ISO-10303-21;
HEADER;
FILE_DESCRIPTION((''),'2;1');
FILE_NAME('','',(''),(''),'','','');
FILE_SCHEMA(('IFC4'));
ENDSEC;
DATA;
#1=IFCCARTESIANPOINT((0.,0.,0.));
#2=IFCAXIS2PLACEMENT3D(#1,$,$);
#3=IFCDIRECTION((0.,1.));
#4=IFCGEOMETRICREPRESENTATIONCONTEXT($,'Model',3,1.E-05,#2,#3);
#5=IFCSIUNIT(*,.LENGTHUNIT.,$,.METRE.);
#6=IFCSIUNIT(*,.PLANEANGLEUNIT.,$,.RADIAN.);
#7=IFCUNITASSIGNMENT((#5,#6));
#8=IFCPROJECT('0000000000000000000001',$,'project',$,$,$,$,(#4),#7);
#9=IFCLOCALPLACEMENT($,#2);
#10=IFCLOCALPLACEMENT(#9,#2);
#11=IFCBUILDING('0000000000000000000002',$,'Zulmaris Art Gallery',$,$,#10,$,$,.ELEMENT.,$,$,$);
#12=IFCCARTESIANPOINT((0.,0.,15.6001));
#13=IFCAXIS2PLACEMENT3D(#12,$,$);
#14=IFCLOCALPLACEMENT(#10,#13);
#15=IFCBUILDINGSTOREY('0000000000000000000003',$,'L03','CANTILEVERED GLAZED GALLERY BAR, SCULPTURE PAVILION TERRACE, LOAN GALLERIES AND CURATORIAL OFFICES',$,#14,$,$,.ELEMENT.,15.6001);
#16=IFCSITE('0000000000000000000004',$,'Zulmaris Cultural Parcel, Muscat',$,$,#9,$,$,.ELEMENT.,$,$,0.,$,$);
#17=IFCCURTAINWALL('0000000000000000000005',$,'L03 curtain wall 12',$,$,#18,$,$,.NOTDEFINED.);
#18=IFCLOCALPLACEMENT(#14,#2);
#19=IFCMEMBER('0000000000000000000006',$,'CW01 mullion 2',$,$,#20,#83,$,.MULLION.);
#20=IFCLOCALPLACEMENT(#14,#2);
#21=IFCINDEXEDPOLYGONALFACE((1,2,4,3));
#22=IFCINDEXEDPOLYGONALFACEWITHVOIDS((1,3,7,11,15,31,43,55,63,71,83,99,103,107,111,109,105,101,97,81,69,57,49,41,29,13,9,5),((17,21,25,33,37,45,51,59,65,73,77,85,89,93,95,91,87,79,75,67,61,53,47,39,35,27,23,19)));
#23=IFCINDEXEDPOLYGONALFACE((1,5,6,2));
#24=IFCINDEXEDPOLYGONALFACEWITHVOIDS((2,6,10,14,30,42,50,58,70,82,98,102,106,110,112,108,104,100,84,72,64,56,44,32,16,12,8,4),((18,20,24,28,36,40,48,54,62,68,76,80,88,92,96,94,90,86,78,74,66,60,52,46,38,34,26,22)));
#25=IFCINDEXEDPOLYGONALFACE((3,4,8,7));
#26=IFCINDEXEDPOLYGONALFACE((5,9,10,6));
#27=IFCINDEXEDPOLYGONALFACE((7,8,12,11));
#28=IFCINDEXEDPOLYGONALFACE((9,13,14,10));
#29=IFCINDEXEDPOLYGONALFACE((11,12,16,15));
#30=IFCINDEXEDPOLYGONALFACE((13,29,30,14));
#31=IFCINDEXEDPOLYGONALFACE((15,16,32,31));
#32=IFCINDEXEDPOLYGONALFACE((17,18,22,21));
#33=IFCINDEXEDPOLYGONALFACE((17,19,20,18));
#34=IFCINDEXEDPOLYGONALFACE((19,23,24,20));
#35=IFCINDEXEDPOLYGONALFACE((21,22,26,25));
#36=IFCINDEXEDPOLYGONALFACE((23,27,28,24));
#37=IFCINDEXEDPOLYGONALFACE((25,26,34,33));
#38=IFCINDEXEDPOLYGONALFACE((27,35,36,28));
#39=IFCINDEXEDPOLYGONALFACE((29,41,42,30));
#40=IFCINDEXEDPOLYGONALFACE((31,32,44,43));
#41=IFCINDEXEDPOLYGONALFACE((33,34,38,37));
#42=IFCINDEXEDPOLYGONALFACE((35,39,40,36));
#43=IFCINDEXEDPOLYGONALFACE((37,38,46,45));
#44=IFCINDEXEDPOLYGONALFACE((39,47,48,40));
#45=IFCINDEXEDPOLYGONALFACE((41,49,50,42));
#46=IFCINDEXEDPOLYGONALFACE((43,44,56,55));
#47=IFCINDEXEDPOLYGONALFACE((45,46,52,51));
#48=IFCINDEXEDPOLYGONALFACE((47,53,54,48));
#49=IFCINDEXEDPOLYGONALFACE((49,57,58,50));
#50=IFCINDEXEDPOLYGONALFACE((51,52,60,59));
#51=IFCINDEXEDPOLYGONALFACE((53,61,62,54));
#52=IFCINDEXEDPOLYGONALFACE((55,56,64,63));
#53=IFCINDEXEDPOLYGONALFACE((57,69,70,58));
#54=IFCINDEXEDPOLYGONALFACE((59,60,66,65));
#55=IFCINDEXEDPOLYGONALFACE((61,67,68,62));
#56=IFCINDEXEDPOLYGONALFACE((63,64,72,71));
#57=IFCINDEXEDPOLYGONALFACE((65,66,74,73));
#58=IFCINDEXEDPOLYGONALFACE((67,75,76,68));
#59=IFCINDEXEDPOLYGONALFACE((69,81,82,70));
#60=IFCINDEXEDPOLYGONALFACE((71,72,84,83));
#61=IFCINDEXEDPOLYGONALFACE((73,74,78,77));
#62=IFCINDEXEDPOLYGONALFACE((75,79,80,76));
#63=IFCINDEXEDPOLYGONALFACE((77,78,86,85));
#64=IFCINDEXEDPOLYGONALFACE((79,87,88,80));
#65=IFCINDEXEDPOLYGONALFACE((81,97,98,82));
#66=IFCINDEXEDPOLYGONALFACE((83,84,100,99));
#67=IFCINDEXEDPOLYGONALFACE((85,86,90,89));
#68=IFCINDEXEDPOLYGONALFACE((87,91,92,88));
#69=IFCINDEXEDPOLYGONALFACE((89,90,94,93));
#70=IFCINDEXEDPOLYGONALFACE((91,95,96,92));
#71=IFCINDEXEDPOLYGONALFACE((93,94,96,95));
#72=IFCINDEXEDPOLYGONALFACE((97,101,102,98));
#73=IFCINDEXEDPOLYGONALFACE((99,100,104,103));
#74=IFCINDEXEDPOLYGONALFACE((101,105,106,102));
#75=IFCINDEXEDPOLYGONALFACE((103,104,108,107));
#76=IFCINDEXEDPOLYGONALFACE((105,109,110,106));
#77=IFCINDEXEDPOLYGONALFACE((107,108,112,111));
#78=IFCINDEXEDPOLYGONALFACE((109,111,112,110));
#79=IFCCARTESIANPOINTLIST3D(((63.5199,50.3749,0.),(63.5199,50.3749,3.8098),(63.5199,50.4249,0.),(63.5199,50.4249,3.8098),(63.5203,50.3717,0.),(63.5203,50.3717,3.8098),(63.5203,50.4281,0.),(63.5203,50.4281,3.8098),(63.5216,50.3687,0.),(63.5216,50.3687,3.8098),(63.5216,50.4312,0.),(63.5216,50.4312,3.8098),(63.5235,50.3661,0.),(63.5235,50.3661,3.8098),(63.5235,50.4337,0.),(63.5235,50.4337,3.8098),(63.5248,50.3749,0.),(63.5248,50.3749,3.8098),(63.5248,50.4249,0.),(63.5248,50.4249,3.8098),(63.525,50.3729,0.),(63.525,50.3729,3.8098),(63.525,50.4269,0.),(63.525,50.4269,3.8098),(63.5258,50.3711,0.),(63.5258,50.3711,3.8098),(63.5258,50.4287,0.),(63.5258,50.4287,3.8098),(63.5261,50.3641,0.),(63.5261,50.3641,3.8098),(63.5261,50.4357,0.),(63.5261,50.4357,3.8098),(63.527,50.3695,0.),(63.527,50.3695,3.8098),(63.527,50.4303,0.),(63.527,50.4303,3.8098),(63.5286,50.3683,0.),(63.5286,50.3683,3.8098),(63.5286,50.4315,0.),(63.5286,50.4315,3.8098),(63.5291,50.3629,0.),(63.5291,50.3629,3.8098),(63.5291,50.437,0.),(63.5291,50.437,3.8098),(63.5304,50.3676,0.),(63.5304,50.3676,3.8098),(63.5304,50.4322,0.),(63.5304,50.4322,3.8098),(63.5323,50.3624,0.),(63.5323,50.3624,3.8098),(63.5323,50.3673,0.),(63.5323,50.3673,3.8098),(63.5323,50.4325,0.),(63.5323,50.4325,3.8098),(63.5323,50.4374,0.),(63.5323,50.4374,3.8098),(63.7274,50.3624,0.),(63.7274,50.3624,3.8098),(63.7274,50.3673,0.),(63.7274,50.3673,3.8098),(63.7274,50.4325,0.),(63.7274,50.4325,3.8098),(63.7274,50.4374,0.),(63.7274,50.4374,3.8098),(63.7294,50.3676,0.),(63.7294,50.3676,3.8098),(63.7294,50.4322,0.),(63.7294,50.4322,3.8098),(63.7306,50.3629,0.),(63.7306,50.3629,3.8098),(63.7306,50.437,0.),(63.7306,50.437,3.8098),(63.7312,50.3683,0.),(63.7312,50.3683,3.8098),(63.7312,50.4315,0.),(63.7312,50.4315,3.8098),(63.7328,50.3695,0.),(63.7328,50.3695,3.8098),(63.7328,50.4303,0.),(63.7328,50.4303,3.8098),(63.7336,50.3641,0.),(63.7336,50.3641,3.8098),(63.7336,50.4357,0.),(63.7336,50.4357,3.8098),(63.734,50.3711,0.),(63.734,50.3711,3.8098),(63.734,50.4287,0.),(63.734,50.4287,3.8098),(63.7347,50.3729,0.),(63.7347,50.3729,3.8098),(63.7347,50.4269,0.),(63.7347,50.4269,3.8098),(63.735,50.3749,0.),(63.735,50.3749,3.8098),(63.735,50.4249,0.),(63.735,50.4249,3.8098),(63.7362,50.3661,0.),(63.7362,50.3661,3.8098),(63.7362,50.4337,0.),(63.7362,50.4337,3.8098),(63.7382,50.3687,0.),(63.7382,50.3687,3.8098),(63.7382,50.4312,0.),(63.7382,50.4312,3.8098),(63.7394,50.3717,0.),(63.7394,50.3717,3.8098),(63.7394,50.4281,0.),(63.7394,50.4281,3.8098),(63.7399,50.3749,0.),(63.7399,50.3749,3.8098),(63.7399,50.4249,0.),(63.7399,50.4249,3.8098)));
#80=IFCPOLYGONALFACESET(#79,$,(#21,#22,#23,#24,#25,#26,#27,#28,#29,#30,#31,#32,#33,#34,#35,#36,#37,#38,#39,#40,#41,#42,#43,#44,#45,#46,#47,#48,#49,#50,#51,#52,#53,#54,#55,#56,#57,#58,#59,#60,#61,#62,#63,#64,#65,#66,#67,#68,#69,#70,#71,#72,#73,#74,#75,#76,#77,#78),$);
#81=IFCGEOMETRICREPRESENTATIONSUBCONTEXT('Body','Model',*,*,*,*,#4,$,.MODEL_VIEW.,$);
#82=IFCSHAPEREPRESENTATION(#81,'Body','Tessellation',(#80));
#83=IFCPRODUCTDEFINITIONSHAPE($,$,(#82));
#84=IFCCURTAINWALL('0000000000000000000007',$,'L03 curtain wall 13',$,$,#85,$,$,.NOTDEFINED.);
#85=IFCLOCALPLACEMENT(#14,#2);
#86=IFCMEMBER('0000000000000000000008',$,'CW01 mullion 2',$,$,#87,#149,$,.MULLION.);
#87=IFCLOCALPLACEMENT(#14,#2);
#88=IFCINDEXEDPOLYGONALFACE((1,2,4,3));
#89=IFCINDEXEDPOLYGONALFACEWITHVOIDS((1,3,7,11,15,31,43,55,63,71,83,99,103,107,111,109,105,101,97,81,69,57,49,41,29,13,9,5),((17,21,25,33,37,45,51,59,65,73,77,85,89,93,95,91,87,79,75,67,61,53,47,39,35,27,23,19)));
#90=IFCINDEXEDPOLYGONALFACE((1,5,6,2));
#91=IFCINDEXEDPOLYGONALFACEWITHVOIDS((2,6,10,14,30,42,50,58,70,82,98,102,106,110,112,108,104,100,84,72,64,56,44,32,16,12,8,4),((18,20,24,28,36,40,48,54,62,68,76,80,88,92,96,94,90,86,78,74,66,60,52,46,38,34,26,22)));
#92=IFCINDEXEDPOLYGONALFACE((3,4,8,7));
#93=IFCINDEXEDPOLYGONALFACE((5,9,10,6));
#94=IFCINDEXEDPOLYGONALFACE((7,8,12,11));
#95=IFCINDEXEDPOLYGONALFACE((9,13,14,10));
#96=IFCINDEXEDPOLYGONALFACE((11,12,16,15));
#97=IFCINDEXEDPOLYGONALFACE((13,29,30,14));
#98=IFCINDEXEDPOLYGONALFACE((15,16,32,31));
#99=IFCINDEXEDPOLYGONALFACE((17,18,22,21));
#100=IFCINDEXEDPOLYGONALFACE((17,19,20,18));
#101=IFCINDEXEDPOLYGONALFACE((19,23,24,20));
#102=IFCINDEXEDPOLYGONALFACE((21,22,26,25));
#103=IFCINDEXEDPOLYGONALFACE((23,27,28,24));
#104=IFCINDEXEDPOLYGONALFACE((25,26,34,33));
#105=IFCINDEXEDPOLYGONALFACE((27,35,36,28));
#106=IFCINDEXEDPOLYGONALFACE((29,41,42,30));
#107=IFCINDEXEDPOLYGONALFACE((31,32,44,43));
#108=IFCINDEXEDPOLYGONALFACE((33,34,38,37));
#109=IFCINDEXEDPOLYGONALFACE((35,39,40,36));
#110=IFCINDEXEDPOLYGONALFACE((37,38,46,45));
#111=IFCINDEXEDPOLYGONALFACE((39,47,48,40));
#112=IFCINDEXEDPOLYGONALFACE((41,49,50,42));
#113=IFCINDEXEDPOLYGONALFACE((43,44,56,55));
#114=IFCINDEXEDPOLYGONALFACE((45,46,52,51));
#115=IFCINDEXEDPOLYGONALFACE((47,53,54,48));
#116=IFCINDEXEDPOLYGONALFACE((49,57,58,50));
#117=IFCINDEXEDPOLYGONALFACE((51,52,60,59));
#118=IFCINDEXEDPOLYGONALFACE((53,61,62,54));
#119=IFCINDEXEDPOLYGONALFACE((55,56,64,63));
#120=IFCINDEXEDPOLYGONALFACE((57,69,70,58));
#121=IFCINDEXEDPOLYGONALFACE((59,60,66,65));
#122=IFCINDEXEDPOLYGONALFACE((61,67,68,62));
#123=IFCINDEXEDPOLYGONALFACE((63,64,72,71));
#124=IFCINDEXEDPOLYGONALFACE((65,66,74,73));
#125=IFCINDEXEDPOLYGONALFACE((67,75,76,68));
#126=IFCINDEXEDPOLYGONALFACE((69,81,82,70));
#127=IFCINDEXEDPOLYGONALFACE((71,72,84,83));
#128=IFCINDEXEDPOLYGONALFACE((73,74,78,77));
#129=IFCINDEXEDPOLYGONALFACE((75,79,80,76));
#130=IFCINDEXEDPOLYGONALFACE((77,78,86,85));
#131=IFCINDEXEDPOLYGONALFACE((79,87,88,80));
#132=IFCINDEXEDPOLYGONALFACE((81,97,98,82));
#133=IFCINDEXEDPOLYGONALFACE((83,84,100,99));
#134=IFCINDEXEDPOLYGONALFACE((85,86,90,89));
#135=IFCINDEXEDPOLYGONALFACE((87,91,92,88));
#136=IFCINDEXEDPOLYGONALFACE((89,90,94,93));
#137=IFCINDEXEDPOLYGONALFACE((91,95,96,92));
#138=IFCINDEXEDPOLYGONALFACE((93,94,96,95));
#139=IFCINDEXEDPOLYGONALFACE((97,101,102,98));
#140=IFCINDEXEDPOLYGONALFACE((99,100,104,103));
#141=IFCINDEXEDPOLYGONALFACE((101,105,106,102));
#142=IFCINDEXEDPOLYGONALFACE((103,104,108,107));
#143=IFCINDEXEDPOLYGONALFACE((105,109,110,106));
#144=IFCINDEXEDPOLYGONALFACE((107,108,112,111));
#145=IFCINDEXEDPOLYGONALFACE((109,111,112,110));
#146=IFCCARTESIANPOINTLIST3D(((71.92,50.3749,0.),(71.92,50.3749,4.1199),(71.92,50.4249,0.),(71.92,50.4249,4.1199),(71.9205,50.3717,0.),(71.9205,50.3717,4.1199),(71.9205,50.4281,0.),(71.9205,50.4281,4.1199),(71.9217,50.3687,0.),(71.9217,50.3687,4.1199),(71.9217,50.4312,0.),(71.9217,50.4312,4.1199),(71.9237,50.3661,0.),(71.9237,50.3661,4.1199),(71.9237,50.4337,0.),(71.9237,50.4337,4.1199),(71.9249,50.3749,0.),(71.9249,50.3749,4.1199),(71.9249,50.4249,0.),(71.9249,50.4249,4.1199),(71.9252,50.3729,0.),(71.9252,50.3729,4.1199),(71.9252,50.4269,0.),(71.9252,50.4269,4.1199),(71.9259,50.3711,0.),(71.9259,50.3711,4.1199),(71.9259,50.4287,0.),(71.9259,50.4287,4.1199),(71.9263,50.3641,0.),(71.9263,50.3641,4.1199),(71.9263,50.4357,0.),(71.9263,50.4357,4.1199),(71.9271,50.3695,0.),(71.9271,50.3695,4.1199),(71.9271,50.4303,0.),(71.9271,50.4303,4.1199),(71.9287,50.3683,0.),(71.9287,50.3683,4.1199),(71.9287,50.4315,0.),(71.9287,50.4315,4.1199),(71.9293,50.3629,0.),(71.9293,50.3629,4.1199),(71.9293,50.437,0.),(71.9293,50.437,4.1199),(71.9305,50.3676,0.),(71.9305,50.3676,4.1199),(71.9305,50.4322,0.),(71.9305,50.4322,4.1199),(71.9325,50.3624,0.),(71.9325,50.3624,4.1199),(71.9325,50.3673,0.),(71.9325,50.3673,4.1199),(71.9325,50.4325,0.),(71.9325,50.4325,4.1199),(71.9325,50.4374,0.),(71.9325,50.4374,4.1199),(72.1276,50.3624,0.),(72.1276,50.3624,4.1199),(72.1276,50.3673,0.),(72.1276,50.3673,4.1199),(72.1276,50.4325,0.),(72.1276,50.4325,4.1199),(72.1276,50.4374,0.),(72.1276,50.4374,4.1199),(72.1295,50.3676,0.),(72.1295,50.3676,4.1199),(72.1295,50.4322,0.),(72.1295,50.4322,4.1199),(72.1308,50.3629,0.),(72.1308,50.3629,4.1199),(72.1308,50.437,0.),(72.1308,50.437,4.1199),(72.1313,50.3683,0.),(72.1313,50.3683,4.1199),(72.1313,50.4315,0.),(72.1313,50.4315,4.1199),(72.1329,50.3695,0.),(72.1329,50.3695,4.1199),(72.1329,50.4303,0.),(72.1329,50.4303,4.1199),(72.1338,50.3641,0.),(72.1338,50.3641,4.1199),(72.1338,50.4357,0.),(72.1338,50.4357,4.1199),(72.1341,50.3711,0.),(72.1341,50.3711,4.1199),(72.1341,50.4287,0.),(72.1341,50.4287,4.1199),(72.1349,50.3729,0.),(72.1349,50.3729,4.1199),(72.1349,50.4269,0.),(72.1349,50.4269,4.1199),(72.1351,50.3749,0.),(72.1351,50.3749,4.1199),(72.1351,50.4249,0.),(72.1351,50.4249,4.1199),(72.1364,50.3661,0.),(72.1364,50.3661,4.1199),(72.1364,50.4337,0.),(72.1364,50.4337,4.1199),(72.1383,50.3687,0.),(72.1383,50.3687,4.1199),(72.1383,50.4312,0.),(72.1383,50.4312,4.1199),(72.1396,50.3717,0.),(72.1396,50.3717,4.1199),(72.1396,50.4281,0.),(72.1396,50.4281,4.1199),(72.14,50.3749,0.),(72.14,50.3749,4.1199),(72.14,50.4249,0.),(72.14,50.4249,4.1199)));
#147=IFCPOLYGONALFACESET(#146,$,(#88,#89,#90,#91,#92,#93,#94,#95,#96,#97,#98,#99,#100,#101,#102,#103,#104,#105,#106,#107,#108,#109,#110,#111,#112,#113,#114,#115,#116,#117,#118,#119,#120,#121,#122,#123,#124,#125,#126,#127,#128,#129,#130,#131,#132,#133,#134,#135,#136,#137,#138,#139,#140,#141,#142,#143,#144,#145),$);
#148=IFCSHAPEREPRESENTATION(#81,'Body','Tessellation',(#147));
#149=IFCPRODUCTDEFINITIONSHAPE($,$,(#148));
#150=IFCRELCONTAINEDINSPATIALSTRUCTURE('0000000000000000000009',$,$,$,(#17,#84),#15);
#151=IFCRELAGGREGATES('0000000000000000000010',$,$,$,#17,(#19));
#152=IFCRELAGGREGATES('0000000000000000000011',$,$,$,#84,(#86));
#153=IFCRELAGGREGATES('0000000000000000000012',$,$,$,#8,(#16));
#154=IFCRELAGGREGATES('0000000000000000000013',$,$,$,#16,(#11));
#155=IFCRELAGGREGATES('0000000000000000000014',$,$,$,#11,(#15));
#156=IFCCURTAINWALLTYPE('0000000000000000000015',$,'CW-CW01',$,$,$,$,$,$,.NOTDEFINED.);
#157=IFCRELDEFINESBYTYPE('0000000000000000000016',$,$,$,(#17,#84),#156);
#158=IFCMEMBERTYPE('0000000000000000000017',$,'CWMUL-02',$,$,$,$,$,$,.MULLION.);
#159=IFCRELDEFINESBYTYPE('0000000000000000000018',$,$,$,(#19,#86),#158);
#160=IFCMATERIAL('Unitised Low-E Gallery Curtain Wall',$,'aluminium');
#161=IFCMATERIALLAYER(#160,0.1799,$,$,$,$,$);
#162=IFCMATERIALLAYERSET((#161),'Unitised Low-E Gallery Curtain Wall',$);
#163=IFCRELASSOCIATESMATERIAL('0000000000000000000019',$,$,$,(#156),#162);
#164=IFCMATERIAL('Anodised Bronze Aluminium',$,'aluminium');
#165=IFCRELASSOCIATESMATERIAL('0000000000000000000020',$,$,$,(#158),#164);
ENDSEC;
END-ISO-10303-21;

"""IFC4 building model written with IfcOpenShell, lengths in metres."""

from ifc_helpers import new_model, si_unit, direction, frame, origin, origin_2d, place, context, subcontext, project, spatial, hollow_rectangle, extrude, material, layer, layer_set, material_profile, profile_set, type_object, element, aggregate, save


model = new_model("IFC4")

# Units and contexts
model_context = context("Model", 3, precision=1e-05, world=origin(), true_north=direction((0.0, 1.0)))
body_context = subcontext(model_context, "Body", "Model", "MODEL_VIEW")
ifc_project = project(units=[si_unit("LENGTHUNIT", "METRE"), si_unit("PLANEANGLEUNIT", "RADIAN")], contexts=[model_context])

# Site, building, storey
site_placement = place(None, origin())
site = spatial("IfcSite", under=ifc_project, at=site_placement, Name="Zulmaris Cultural Parcel, Muscat", CompositionType="ELEMENT", RefElevation=0.0)
building_placement = place(site_placement, origin())
building = spatial("IfcBuilding", under=site, at=building_placement, Name="Zulmaris Art Gallery", CompositionType="ELEMENT")
storey_placement = place(building_placement, frame((0.0, 0.0, 15.6001)))
storey = spatial("IfcBuildingStorey", under=building, at=storey_placement, Name="L03", Description="CANTILEVERED GLAZED GALLERY BAR, SCULPTURE PAVILION TERRACE, LOAN GALLERIES AND CURATORIAL OFFICES", CompositionType="ELEMENT", Elevation=15.6001)

# Curtain walls, members
ifc_material_1 = material(Name="Unitised Low-E Gallery Curtain Wall", Category="aluminium")
ifc_layer_1 = layer(ifc_material_1, 0.1799)
ifc_layer_set_1 = layer_set([ifc_layer_1], Name="Unitised Low-E Gallery Curtain Wall")
curtain_wall_type = type_object("IfcCurtainWallType", Name="CW-CW01", PredefinedType="NOTDEFINED", material=ifc_layer_set_1)
curtain_wall_1_placement = place(storey_placement, origin())
curtain_wall_1 = element("IfcCurtainWall", 1, at=curtain_wall_1_placement, inside=storey, type_object=curtain_wall_type, Name="L03 curtain wall 12", PredefinedType="NOTDEFINED")
ifc_material_2 = material(Name="Anodised Bronze Aluminium", Category="aluminium")
ifc_material_profile_1 = material_profile(ifc_material_2, hollow_rectangle(XDim=0.075, YDim=0.22, WallThickness=0.0049, InnerFilletRadius=0.0076, OuterFilletRadius=0.0125, at=origin_2d()), Name="ALU 75x220x5")
ifc_profile_set_1 = profile_set([ifc_material_profile_1], Name="Anodised Bronze Aluminium")
member_type_1 = type_object("IfcMemberType", Name="CWMUL-02", PredefinedType="MULLION", material=ifc_profile_set_1)
member_1_placement = place(storey_placement, frame((63.6299, 50.3999, 0.0), z_axis=(0.0, 0.0, 1.0), x_axis=(0.0, -1.0, 0.0)))
member_1 = element("IfcMember", 2, at=member_1_placement, type_object=member_type_1, Name="CW01 mullion 2", PredefinedType="MULLION", context=body_context, shape_type="SweptSolid", body=[
    extrude(hollow_rectangle(XDim=0.075, YDim=0.22, WallThickness=0.0049, InnerFilletRadius=0.0076, OuterFilletRadius=0.0125, at=origin_2d()), origin(), (0.0, 0.0, 1.0), 3.8098),
])
curtain_wall_2_placement = place(storey_placement, origin())
curtain_wall_2 = element("IfcCurtainWall", 3, at=curtain_wall_2_placement, inside=storey, type_object=curtain_wall_type, Name="L03 curtain wall 13", PredefinedType="NOTDEFINED")
member_2_placement = place(storey_placement, frame((72.03, 50.3999, 0.0), z_axis=(0.0, 0.0, 1.0), x_axis=(0.0, -1.0, 0.0)))
member_2 = element("IfcMember", 4, at=member_2_placement, type_object=member_type_1, Name="CW01 mullion 2", PredefinedType="MULLION", context=body_context, shape_type="SweptSolid", body=[
    extrude(hollow_rectangle(XDim=0.075, YDim=0.22, WallThickness=0.0049, InnerFilletRadius=0.0076, OuterFilletRadius=0.0125, at=origin_2d()), origin(), (0.0, 0.0, 1.0), 4.1199),
])

aggregate(curtain_wall_1, [member_1])
aggregate(curtain_wall_2, [member_2])

save(model, "model.ifc")
